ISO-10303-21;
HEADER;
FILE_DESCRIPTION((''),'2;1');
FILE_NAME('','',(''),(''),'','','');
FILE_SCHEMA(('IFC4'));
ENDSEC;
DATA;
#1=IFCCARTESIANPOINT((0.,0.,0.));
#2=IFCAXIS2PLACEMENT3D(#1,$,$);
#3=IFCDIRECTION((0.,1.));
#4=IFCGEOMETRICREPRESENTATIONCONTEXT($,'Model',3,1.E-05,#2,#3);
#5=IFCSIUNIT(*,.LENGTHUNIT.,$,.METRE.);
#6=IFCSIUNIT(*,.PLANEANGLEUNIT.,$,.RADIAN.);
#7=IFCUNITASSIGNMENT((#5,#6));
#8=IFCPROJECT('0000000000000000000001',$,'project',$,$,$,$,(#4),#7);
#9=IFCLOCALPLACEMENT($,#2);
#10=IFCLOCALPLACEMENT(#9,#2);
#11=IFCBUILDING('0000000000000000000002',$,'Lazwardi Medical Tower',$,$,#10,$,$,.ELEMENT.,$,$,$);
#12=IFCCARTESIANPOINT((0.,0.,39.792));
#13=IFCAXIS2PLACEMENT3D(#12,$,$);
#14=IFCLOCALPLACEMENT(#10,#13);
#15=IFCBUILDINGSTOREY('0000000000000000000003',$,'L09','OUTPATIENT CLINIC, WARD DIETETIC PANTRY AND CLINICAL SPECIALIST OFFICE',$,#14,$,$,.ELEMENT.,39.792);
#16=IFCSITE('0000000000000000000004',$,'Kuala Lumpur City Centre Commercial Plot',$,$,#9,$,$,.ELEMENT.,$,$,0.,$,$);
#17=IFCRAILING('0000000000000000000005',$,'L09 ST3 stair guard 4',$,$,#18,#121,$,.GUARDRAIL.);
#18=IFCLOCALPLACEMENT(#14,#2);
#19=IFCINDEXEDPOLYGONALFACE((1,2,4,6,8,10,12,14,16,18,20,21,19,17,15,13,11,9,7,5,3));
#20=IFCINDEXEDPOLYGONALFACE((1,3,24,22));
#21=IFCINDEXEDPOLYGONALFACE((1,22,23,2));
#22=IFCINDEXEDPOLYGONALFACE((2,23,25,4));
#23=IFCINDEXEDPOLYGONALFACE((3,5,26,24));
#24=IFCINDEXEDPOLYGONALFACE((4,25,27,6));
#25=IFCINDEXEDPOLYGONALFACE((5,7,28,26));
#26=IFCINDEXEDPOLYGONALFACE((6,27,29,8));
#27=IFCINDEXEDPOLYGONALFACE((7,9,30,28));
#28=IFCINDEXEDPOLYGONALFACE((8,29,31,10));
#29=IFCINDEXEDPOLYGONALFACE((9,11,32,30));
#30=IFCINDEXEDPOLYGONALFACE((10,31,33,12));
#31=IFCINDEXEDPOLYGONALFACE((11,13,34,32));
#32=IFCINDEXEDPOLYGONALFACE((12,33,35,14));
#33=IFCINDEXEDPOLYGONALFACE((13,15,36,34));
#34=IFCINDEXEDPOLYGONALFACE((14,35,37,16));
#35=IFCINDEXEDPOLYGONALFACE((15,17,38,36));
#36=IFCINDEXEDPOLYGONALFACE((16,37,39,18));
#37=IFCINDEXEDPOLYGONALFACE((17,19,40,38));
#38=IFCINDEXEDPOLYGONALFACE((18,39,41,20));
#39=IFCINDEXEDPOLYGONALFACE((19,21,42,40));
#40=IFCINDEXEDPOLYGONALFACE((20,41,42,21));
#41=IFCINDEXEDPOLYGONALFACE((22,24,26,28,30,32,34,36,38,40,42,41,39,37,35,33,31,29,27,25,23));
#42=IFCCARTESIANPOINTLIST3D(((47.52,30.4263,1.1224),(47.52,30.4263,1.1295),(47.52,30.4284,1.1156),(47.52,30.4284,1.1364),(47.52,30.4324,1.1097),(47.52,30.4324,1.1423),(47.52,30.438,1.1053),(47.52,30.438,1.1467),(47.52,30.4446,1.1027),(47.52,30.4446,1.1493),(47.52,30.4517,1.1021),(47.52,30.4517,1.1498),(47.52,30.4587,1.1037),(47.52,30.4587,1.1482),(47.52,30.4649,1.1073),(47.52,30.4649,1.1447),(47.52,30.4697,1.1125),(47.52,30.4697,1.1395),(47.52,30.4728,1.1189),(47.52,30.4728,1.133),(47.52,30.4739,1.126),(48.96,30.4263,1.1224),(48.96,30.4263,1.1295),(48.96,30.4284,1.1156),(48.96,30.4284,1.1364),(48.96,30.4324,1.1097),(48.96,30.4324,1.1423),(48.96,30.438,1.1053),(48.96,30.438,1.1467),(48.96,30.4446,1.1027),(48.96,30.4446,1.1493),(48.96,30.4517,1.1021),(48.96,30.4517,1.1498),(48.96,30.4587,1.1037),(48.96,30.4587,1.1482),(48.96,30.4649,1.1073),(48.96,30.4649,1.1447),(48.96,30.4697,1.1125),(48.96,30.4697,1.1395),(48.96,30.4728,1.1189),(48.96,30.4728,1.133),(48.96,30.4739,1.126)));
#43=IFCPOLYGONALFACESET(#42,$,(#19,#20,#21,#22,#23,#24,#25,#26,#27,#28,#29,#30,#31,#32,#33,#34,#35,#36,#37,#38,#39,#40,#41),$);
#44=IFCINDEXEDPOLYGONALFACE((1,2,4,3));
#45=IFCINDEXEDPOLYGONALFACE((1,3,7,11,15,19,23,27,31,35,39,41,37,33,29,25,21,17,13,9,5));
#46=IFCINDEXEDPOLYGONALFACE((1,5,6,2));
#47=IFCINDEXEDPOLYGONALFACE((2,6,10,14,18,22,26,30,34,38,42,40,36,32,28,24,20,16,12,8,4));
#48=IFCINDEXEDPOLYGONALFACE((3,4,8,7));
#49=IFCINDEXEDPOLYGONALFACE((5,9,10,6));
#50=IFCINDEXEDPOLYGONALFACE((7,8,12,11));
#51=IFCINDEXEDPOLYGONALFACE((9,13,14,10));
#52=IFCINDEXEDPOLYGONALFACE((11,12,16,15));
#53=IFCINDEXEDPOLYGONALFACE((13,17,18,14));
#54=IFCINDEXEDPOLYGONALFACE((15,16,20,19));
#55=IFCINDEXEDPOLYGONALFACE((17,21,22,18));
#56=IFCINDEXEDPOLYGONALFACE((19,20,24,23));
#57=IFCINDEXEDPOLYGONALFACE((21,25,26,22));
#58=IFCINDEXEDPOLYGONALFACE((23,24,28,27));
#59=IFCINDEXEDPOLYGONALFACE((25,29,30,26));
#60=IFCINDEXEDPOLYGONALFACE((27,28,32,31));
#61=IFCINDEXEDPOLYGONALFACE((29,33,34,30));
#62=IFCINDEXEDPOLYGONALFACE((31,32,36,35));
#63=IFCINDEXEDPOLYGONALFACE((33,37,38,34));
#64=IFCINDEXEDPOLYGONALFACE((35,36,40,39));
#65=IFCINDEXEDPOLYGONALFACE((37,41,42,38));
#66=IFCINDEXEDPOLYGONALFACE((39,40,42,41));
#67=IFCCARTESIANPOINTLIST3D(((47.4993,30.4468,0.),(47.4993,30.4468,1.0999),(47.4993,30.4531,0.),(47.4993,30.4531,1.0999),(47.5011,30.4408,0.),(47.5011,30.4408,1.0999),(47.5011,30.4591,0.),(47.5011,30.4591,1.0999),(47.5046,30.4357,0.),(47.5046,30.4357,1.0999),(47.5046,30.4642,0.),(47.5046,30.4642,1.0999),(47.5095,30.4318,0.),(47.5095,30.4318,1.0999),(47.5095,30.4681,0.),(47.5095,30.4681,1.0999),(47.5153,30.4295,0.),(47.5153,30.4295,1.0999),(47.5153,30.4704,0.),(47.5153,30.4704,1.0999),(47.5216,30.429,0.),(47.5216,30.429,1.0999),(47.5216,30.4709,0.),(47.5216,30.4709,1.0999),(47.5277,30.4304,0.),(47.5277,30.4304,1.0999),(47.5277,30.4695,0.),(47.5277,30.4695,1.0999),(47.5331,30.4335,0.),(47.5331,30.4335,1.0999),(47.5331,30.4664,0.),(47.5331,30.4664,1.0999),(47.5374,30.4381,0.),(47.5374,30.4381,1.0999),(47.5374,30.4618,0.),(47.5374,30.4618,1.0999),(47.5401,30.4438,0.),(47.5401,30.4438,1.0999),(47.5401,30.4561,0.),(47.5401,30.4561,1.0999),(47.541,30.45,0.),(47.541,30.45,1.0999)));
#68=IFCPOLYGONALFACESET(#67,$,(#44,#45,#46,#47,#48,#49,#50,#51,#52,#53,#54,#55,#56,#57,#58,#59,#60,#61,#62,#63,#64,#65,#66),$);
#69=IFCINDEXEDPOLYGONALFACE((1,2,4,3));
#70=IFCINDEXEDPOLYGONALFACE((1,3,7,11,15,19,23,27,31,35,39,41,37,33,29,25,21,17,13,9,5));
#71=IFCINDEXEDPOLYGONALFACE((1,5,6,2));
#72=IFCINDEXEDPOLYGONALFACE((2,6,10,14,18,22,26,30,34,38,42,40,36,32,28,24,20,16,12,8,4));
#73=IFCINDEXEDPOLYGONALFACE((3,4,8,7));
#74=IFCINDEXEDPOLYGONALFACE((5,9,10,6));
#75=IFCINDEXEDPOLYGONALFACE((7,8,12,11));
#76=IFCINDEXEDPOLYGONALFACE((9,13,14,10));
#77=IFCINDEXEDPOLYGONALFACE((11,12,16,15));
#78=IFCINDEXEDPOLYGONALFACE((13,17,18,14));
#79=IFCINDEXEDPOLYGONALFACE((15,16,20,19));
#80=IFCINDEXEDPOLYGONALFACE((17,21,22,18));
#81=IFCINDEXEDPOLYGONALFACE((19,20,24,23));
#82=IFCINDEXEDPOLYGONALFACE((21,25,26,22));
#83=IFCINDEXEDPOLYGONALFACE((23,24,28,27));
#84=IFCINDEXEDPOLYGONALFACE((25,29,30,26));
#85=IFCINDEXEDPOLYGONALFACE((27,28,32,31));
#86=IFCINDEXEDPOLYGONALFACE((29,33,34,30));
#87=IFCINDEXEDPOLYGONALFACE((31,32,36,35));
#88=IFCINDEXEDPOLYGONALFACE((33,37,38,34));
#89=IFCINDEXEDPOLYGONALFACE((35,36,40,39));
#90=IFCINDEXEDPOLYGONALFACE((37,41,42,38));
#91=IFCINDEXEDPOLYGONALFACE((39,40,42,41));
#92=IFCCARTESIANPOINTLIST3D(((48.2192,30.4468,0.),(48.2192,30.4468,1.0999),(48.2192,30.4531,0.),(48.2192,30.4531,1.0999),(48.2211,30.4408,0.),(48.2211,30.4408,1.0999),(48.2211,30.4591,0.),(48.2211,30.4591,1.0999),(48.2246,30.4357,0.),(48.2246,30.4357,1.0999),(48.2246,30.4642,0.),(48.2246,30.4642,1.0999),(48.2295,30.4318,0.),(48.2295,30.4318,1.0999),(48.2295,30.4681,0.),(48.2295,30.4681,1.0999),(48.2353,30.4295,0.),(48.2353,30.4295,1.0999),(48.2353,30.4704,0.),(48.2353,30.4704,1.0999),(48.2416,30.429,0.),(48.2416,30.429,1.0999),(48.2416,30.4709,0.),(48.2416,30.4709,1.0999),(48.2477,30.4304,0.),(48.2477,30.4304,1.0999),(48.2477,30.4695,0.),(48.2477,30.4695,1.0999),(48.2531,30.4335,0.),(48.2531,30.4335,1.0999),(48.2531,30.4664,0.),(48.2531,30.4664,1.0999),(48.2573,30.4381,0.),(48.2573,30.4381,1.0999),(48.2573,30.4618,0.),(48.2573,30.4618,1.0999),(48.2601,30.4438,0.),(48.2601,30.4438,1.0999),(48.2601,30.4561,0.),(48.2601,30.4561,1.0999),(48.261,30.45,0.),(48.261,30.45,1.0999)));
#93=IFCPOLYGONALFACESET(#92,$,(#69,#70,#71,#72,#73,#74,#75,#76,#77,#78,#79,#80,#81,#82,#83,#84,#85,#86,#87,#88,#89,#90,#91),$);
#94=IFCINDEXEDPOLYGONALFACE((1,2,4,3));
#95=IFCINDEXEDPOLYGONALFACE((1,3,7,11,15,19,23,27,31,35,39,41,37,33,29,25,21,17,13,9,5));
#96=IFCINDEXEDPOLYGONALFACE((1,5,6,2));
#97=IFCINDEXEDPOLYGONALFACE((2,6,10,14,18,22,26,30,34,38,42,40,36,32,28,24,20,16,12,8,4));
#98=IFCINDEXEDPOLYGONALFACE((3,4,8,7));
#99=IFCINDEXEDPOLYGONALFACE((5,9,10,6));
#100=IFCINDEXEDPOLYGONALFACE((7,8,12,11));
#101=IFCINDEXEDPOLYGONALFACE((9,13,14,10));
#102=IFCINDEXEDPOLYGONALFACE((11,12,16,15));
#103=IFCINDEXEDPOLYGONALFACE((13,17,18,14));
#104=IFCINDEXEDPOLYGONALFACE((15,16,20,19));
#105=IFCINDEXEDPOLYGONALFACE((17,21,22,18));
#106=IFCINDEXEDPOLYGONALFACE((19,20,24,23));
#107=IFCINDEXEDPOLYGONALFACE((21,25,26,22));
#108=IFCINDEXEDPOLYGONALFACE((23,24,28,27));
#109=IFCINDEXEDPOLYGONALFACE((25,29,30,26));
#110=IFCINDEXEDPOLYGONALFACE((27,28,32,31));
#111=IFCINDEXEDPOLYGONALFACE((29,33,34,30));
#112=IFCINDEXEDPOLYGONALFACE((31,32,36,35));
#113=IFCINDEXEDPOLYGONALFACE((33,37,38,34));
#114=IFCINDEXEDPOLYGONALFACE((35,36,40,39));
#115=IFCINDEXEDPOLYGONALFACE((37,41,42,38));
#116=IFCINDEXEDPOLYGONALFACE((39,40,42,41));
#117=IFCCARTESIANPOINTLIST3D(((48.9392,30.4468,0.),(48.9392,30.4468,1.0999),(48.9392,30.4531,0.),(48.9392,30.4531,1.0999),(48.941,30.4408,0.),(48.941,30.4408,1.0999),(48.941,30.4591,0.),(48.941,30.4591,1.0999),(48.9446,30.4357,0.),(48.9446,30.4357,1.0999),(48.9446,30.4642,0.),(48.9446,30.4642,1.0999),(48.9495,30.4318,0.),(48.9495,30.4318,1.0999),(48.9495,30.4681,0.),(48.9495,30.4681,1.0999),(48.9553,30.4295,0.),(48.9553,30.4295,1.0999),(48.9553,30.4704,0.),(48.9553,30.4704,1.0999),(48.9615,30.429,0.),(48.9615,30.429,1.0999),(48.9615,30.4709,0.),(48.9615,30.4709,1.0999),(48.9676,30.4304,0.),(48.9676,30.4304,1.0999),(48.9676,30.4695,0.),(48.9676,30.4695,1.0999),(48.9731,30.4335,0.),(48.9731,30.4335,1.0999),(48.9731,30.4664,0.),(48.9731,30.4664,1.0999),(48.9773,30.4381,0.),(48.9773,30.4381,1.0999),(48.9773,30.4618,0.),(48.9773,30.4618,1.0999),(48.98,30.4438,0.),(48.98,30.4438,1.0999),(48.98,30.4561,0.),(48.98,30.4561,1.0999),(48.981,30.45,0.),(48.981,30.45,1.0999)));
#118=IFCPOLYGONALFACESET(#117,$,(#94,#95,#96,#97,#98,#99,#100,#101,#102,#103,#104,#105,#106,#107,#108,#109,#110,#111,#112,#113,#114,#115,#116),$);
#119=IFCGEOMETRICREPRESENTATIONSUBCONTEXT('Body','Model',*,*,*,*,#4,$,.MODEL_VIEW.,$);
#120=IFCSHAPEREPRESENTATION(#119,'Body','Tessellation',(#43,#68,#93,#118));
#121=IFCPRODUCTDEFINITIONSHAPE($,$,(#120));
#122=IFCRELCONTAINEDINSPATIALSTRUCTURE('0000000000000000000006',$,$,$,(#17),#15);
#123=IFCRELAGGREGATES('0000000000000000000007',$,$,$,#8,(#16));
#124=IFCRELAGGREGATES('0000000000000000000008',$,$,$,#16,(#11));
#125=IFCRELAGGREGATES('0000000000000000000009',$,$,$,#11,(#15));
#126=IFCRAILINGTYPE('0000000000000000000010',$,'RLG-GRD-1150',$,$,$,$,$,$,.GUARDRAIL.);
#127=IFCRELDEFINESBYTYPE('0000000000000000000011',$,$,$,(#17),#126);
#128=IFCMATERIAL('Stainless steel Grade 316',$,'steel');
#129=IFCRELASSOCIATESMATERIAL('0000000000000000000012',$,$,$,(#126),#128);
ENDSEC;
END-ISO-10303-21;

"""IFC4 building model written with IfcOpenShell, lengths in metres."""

from ifc_helpers import new_model, si_unit, direction, frame, origin, origin_2d, place, context, subcontext, project, spatial, circle, extrude, material, type_object, element, save


model = new_model("IFC4")

# Units and contexts
model_context = context("Model", 3, precision=1e-05, world=origin(), true_north=direction((0.0, 1.0)))
body_context = subcontext(model_context, "Body", "Model", "MODEL_VIEW")
ifc_project = project(units=[si_unit("LENGTHUNIT", "METRE"), si_unit("PLANEANGLEUNIT", "RADIAN")], contexts=[model_context])

# Site, building, storey
site_placement = place(None, origin())
site = spatial("IfcSite", under=ifc_project, at=site_placement, Name="Kuala Lumpur City Centre Commercial Plot", CompositionType="ELEMENT", RefElevation=0.0)
building_placement = place(site_placement, origin())
building = spatial("IfcBuilding", under=site, at=building_placement, Name="Lazwardi Medical Tower", CompositionType="ELEMENT")
storey_placement = place(building_placement, frame((0.0, 0.0, 39.792)))
storey = spatial("IfcBuildingStorey", under=building, at=storey_placement, Name="L09", Description="OUTPATIENT CLINIC, WARD DIETETIC PANTRY AND CLINICAL SPECIALIST OFFICE", CompositionType="ELEMENT", Elevation=39.792)

# Railing
ifc_material_1 = material(Name="Stainless steel Grade 316", Category="steel")
railing_type_1 = type_object("IfcRailingType", Name="RLG-GRD-1150", PredefinedType="GUARDRAIL", material=ifc_material_1)
railing_1_placement = place(storey_placement, frame((47.52, 30.45, 0.0)))
element("IfcRailing", 1, at=railing_1_placement, inside=storey, type_object=railing_type_1, Name="L09 ST3 stair guard 4", PredefinedType="GUARDRAIL", context=body_context, shape_type="SweptSolid", body=[
    extrude(circle(Radius=0.0239, at=origin_2d()), frame((0.0, 0.0, 1.126), z_axis=(1.0, 0.0, 0.0), x_axis=(0.0, 1.0, 0.0)), (0.0, 0.0, 1.0), 1.4399),
    extrude(circle(Radius=0.021, at=origin_2d()), origin(), (0.0, 0.0, 1.0), 1.0999),
    extrude(circle(Radius=0.021, at=origin_2d()), frame((0.72, 0.0, 0.0)), (0.0, 0.0, 1.0), 1.0999),
    extrude(circle(Radius=0.021, at=origin_2d()), frame((1.4399, 0.0, 0.0)), (0.0, 0.0, 1.0), 1.0999),
])

save(model, "model.ifc")
